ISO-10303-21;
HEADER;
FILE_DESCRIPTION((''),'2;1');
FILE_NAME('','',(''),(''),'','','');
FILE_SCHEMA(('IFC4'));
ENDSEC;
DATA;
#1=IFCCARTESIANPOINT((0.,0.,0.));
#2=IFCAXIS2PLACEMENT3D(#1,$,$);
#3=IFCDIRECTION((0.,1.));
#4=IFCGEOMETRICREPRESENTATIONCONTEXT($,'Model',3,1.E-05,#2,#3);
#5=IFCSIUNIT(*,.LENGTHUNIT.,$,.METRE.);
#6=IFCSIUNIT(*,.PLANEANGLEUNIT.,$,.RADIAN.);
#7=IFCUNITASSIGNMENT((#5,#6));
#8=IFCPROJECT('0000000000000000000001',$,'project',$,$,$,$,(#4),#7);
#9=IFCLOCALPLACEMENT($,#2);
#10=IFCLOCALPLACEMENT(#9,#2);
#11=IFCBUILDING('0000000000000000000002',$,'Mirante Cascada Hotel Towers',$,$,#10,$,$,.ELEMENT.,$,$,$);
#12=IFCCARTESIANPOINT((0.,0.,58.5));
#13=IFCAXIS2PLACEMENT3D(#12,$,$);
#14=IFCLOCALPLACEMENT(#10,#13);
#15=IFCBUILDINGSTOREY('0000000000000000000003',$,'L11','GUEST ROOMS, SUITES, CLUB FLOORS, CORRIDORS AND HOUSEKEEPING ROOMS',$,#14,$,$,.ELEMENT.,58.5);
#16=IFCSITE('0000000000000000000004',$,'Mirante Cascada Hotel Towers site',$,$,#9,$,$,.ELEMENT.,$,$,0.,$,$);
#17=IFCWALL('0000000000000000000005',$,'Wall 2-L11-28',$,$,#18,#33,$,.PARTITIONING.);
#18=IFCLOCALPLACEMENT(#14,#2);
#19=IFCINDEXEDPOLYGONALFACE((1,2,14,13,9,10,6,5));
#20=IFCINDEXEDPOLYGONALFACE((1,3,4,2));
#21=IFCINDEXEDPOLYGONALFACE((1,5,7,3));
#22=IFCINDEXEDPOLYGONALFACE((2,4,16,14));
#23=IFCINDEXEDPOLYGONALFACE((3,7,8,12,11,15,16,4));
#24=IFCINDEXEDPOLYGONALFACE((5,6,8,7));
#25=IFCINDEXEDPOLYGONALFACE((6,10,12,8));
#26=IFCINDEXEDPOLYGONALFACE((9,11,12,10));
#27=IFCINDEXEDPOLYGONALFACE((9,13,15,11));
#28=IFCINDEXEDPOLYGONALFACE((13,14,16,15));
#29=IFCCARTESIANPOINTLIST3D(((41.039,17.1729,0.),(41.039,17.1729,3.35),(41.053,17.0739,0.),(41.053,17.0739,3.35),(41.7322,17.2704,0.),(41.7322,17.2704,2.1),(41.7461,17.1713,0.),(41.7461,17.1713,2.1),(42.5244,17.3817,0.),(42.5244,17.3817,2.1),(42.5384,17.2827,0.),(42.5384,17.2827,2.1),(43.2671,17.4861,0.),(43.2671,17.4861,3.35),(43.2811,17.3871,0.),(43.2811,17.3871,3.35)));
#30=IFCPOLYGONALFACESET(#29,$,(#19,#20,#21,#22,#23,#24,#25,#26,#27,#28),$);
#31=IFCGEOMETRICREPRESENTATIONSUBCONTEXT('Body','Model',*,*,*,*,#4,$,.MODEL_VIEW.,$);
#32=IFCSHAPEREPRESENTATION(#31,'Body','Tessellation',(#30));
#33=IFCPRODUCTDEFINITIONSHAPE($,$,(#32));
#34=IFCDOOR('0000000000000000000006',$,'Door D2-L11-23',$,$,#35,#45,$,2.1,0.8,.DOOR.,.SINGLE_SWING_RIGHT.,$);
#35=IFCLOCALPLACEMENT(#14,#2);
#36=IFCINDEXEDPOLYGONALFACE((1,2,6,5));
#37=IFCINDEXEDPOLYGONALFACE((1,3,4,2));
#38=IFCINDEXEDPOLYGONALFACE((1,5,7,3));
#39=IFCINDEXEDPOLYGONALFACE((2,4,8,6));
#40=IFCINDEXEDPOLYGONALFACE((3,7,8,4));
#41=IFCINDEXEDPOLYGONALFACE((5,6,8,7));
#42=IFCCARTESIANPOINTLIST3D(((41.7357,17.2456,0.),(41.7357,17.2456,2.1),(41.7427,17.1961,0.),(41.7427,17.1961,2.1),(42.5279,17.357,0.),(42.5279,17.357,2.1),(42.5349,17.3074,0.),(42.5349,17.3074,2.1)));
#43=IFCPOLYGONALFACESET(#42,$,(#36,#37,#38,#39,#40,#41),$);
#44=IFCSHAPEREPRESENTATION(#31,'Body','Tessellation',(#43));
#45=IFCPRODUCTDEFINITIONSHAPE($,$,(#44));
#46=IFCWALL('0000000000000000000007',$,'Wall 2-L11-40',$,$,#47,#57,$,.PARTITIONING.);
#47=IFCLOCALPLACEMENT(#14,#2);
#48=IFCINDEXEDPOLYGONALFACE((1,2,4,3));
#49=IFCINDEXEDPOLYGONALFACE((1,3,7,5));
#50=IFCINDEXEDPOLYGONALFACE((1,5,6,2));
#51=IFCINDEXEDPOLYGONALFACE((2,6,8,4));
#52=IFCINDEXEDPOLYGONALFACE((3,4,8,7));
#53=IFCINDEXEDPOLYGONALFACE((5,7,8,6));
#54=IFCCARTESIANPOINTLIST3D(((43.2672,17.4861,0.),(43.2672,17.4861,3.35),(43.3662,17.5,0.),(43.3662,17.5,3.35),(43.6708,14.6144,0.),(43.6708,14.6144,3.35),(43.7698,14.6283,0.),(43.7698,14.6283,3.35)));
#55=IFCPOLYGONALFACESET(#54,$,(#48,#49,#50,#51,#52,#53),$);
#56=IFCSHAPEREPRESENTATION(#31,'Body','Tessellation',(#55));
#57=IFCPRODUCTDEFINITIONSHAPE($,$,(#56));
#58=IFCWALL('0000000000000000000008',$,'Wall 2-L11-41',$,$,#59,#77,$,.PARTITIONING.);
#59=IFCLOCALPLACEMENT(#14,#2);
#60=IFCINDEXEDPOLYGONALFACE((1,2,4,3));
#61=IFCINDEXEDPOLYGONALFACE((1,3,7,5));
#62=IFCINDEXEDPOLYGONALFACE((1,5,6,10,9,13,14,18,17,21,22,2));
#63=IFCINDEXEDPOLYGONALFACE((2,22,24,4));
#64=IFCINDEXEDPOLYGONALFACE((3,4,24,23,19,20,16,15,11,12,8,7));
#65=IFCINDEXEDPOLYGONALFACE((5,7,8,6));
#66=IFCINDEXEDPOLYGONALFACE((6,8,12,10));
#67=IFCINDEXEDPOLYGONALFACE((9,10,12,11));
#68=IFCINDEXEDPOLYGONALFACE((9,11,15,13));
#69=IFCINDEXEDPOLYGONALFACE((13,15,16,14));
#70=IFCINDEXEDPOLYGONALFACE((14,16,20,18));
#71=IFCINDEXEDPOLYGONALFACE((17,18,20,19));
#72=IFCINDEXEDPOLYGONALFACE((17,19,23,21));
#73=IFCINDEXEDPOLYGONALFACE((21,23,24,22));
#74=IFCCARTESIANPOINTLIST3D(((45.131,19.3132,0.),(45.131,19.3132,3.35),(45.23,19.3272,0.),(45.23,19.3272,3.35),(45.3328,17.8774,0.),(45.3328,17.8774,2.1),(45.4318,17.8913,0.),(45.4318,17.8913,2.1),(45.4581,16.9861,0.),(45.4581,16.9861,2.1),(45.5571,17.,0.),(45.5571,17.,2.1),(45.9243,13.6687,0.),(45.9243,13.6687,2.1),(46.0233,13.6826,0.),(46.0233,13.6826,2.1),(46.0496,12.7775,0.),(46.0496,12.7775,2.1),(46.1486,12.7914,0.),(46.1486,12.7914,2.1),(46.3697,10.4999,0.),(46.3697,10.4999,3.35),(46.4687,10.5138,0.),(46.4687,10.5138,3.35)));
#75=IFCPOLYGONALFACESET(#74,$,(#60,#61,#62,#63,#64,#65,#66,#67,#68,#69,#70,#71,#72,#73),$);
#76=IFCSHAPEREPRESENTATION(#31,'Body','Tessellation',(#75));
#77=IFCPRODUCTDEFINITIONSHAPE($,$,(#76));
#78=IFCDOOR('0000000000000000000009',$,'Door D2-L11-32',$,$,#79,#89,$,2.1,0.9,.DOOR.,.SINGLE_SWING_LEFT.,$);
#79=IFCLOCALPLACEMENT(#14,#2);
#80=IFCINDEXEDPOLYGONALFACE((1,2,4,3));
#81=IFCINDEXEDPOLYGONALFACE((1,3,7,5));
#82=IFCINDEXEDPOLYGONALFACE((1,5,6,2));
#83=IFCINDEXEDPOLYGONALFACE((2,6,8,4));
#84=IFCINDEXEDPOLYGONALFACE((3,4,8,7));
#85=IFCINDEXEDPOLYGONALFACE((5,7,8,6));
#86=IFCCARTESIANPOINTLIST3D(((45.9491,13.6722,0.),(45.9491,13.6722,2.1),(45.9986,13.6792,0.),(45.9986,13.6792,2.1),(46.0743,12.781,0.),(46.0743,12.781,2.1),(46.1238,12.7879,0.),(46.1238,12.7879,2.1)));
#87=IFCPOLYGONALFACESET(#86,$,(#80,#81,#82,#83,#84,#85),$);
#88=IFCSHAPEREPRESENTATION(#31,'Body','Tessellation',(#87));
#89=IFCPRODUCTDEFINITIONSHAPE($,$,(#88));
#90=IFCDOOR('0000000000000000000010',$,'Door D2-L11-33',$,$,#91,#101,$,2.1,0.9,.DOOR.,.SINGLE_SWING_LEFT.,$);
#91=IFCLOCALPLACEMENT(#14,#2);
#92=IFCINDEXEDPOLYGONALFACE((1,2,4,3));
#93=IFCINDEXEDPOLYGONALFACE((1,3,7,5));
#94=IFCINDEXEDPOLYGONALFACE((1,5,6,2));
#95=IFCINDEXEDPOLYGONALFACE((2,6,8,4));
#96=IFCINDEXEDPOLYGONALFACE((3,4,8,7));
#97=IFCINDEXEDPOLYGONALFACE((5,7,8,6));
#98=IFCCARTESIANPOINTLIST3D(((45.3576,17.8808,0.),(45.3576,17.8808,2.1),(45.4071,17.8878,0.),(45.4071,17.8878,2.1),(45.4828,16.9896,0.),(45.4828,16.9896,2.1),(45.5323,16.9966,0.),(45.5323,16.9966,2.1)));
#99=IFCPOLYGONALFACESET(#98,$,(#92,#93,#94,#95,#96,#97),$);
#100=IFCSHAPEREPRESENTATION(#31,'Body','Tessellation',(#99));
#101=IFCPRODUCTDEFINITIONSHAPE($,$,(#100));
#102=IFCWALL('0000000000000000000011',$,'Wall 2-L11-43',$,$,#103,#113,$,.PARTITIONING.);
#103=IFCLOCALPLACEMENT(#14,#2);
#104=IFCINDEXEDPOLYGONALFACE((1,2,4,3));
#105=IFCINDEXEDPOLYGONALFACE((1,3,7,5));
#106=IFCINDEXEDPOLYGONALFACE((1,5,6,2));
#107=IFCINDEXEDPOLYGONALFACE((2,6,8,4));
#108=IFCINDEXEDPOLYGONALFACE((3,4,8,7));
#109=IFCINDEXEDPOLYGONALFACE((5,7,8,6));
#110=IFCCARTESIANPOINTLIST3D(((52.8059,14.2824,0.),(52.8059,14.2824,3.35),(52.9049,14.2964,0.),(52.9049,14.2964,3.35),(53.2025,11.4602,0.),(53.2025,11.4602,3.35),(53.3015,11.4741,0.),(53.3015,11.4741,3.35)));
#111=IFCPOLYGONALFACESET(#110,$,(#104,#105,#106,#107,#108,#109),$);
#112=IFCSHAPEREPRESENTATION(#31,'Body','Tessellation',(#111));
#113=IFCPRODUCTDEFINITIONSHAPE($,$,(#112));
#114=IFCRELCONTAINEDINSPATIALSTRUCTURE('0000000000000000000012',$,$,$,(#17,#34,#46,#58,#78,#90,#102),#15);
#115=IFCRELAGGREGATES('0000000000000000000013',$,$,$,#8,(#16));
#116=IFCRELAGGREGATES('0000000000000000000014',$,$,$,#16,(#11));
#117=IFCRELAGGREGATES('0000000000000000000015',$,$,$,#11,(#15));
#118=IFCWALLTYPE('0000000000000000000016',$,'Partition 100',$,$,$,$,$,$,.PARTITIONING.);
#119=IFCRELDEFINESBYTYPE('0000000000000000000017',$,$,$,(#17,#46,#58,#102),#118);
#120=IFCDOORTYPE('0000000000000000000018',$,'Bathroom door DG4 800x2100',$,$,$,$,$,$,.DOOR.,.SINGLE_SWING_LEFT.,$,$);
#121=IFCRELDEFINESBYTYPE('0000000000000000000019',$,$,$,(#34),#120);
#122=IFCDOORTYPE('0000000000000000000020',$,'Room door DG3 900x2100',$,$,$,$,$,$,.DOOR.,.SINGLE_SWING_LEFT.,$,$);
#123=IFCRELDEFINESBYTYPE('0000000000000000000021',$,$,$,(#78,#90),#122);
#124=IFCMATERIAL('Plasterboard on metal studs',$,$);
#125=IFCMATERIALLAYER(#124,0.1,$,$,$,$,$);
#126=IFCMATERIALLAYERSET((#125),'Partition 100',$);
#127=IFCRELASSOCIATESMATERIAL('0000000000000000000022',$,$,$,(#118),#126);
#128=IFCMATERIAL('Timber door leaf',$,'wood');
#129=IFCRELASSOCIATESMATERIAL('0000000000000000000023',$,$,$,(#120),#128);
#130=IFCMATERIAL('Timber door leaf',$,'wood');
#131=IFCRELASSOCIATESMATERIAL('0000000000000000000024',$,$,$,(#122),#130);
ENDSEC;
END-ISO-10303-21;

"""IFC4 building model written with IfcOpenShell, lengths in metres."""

from ifc_helpers import new_model, si_unit, direction, frame, frame_2d, origin, place, context, subcontext, project, spatial, rectangle, extrude, material, layer, layer_set, type_object, element, fill, save


model = new_model("IFC4")

# Units and contexts
model_context = context("Model", 3, precision=1e-05, world=origin(), true_north=direction((0.0, 1.0)))
body_context = subcontext(model_context, "Body", "Model", "MODEL_VIEW")
ifc_project = project(units=[si_unit("LENGTHUNIT", "METRE"), si_unit("PLANEANGLEUNIT", "RADIAN")], contexts=[model_context])

# Site, building, storey
site_placement = place(None, origin())
site = spatial("IfcSite", under=ifc_project, at=site_placement, Name="Mirante Cascada Hotel Towers site", CompositionType="ELEMENT", RefElevation=0.0)
building_placement = place(site_placement, origin())
building = spatial("IfcBuilding", under=site, at=building_placement, Name="Mirante Cascada Hotel Towers", CompositionType="ELEMENT")
storey_placement = place(building_placement, frame((0.0, 0.0, 58.5)))
storey = spatial("IfcBuildingStorey", under=building, at=storey_placement, Name="L11", Description="GUEST ROOMS, SUITES, CLUB FLOORS, CORRIDORS AND HOUSEKEEPING ROOMS", CompositionType="ELEMENT", Elevation=58.5)

# Shared definitions
ifc_material_1 = material(Name="Plasterboard on metal studs")
ifc_layer_1 = layer(ifc_material_1, 0.1)
ifc_layer_set_1 = layer_set([ifc_layer_1], Name="Partition 100")
wall_type = type_object("IfcWallType", Name="Partition 100", PredefinedType="PARTITIONING", material=ifc_layer_set_1)
ifc_material_2 = material(Name="Timber door leaf", Category="wood")
door_type_1 = type_object("IfcDoorType", Name="Bathroom door DG4 800x2100", OperationType="SINGLE_SWING_LEFT", PredefinedType="DOOR", material=ifc_material_2)

# Wall, opening, door
wall_1_placement = place(storey_placement, frame((41.046, 17.1234, 0.0), z_axis=(0.0, 0.0, 1.0), x_axis=(0.990264, 0.1392, 0.0)))
wall_1 = element("IfcWall", 1, at=wall_1_placement, inside=storey, type_object=wall_type, Name="Wall 2-L11-28", PredefinedType="PARTITIONING", context=body_context, shape_type="SweptSolid", body=[
    extrude(rectangle(XDim=2.25, YDim=0.1, at=frame_2d((1.125, 0.0))), origin(), (0.0, 0.0, 1.0), 3.35),
])
opening_1_placement = place(wall_1_placement, frame((0.7, 0.0, 0.0)))
opening_1 = element("IfcOpeningElement", 2, at=opening_1_placement, cuts=wall_1, PredefinedType="OPENING", context=body_context, shape_type="SweptSolid", body=[
    extrude(rectangle(XDim=0.8, YDim=2.1, at=frame_2d((0.4, 1.05))), frame((0.0, 0.05, 0.0), z_axis=(0.0, -1.0, 0.0), x_axis=(1.0, 0.0, 0.0)), (0.0, 0.0, 1.0), 0.1),
])
door_1_placement = place(opening_1_placement, frame((0.8, 0.0, 0.0), z_axis=(0.0, 0.0, 1.0), x_axis=(-1.0, 0.0, 0.0)))
door_1 = element("IfcDoor", 3, at=door_1_placement, inside=storey, type_object=door_type_1, Name="Door D2-L11-23", OperationType="SINGLE_SWING_RIGHT", OverallHeight=2.1, OverallWidth=0.8, PredefinedType="DOOR", context=body_context, shape_type="SweptSolid", body=[
    extrude(rectangle(XDim=0.8, YDim=2.1, at=frame_2d((0.4, 1.05))), frame((0.0, 0.025, 0.0), z_axis=(0.0, -1.0, 0.0), x_axis=(1.0, 0.0, 0.0)), (0.0, 0.0, 1.0), 0.05),
])
fill(opening_1, door_1)

# Wall
wall_2_placement = place(storey_placement, frame((43.7203, 14.6213, 0.0), z_axis=(0.0, 0.0, 1.0), x_axis=(-0.139176, 0.990268, 0.0)))
element("IfcWall", 4, at=wall_2_placement, inside=storey, type_object=wall_type, Name="Wall 2-L11-40", PredefinedType="PARTITIONING", context=body_context, shape_type="SweptSolid", body=[
    extrude(rectangle(XDim=2.8999, YDim=0.1, at=frame_2d((1.45, 0.0))), origin(), (0.0, 0.0, 1.0), 3.35),
])

# Wall, openings, doors
wall_3_placement = place(storey_placement, frame((45.1805, 19.3202, 0.0), z_axis=(0.0, 0.0, 1.0), x_axis=(0.139179, -0.990267, 0.0)))
wall_3 = element("IfcWall", 5, at=wall_3_placement, inside=storey, type_object=wall_type, Name="Wall 2-L11-41", PredefinedType="PARTITIONING", context=body_context, shape_type="SweptSolid", body=[
    extrude(rectangle(XDim=8.9, YDim=0.1, at=frame_2d((4.45, 0.0))), origin(), (0.0, 0.0, 1.0), 3.35),
])
opening_2_placement = place(wall_3_placement, frame((5.7, 0.0, 0.0)))
opening_2 = element("IfcOpeningElement", 6, at=opening_2_placement, cuts=wall_3, PredefinedType="OPENING", context=body_context, shape_type="SweptSolid", body=[
    extrude(rectangle(XDim=0.9, YDim=2.1, at=frame_2d((0.45, 1.05))), frame((0.0, 0.05, 0.0), z_axis=(0.0, -1.0, 0.0), x_axis=(1.0, 0.0, 0.0)), (0.0, 0.0, 1.0), 0.1),
])
opening_3_placement = place(wall_3_placement, frame((1.45, 0.0, 0.0)))
opening_3 = element("IfcOpeningElement", 7, at=opening_3_placement, cuts=wall_3, PredefinedType="OPENING", context=body_context, shape_type="SweptSolid", body=[
    extrude(rectangle(XDim=0.9, YDim=2.1, at=frame_2d((0.45, 1.05))), frame((0.0, 0.05, 0.0), z_axis=(0.0, -1.0, 0.0), x_axis=(1.0, 0.0, 0.0)), (0.0, 0.0, 1.0), 0.1),
])
ifc_material_3 = material(Name="Timber door leaf", Category="wood")
door_type_2 = type_object("IfcDoorType", Name="Room door DG3 900x2100", OperationType="SINGLE_SWING_LEFT", PredefinedType="DOOR", material=ifc_material_3)
door_2_placement = place(opening_2_placement, origin())
door_2 = element("IfcDoor", 8, at=door_2_placement, inside=storey, type_object=door_type_2, Name="Door D2-L11-32", OperationType="SINGLE_SWING_LEFT", OverallHeight=2.1, OverallWidth=0.9, PredefinedType="DOOR", context=body_context, shape_type="SweptSolid", body=[
    extrude(rectangle(XDim=0.9, YDim=2.1, at=frame_2d((0.45, 1.05))), frame((0.0, 0.025, 0.0), z_axis=(0.0, -1.0, 0.0), x_axis=(1.0, 0.0, 0.0)), (0.0, 0.0, 1.0), 0.05),
])
fill(opening_2, door_2)
door_3_placement = place(opening_3_placement, origin())
door_3 = element("IfcDoor", 9, at=door_3_placement, inside=storey, type_object=door_type_2, Name="Door D2-L11-33", OperationType="SINGLE_SWING_LEFT", OverallHeight=2.1, OverallWidth=0.9, PredefinedType="DOOR", context=body_context, shape_type="SweptSolid", body=[
    extrude(rectangle(XDim=0.9, YDim=2.1, at=frame_2d((0.45, 1.05))), frame((0.0, 0.025, 0.0), z_axis=(0.0, -1.0, 0.0), x_axis=(1.0, 0.0, 0.0)), (0.0, 0.0, 1.0), 0.05),
])
fill(opening_3, door_3)

# Wall
wall_4_placement = place(storey_placement, frame((52.8554, 14.2894, 0.0), z_axis=(0.0, 0.0, 1.0), x_axis=(0.139156, -0.99027, 0.0)))
element("IfcWall", 10, at=wall_4_placement, inside=storey, type_object=wall_type, Name="Wall 2-L11-43", PredefinedType="PARTITIONING", context=body_context, shape_type="SweptSolid", body=[
    extrude(rectangle(XDim=2.85, YDim=0.1, at=frame_2d((1.425, 0.0))), origin(), (0.0, 0.0, 1.0), 3.35),
])

save(model, "model.ifc")
